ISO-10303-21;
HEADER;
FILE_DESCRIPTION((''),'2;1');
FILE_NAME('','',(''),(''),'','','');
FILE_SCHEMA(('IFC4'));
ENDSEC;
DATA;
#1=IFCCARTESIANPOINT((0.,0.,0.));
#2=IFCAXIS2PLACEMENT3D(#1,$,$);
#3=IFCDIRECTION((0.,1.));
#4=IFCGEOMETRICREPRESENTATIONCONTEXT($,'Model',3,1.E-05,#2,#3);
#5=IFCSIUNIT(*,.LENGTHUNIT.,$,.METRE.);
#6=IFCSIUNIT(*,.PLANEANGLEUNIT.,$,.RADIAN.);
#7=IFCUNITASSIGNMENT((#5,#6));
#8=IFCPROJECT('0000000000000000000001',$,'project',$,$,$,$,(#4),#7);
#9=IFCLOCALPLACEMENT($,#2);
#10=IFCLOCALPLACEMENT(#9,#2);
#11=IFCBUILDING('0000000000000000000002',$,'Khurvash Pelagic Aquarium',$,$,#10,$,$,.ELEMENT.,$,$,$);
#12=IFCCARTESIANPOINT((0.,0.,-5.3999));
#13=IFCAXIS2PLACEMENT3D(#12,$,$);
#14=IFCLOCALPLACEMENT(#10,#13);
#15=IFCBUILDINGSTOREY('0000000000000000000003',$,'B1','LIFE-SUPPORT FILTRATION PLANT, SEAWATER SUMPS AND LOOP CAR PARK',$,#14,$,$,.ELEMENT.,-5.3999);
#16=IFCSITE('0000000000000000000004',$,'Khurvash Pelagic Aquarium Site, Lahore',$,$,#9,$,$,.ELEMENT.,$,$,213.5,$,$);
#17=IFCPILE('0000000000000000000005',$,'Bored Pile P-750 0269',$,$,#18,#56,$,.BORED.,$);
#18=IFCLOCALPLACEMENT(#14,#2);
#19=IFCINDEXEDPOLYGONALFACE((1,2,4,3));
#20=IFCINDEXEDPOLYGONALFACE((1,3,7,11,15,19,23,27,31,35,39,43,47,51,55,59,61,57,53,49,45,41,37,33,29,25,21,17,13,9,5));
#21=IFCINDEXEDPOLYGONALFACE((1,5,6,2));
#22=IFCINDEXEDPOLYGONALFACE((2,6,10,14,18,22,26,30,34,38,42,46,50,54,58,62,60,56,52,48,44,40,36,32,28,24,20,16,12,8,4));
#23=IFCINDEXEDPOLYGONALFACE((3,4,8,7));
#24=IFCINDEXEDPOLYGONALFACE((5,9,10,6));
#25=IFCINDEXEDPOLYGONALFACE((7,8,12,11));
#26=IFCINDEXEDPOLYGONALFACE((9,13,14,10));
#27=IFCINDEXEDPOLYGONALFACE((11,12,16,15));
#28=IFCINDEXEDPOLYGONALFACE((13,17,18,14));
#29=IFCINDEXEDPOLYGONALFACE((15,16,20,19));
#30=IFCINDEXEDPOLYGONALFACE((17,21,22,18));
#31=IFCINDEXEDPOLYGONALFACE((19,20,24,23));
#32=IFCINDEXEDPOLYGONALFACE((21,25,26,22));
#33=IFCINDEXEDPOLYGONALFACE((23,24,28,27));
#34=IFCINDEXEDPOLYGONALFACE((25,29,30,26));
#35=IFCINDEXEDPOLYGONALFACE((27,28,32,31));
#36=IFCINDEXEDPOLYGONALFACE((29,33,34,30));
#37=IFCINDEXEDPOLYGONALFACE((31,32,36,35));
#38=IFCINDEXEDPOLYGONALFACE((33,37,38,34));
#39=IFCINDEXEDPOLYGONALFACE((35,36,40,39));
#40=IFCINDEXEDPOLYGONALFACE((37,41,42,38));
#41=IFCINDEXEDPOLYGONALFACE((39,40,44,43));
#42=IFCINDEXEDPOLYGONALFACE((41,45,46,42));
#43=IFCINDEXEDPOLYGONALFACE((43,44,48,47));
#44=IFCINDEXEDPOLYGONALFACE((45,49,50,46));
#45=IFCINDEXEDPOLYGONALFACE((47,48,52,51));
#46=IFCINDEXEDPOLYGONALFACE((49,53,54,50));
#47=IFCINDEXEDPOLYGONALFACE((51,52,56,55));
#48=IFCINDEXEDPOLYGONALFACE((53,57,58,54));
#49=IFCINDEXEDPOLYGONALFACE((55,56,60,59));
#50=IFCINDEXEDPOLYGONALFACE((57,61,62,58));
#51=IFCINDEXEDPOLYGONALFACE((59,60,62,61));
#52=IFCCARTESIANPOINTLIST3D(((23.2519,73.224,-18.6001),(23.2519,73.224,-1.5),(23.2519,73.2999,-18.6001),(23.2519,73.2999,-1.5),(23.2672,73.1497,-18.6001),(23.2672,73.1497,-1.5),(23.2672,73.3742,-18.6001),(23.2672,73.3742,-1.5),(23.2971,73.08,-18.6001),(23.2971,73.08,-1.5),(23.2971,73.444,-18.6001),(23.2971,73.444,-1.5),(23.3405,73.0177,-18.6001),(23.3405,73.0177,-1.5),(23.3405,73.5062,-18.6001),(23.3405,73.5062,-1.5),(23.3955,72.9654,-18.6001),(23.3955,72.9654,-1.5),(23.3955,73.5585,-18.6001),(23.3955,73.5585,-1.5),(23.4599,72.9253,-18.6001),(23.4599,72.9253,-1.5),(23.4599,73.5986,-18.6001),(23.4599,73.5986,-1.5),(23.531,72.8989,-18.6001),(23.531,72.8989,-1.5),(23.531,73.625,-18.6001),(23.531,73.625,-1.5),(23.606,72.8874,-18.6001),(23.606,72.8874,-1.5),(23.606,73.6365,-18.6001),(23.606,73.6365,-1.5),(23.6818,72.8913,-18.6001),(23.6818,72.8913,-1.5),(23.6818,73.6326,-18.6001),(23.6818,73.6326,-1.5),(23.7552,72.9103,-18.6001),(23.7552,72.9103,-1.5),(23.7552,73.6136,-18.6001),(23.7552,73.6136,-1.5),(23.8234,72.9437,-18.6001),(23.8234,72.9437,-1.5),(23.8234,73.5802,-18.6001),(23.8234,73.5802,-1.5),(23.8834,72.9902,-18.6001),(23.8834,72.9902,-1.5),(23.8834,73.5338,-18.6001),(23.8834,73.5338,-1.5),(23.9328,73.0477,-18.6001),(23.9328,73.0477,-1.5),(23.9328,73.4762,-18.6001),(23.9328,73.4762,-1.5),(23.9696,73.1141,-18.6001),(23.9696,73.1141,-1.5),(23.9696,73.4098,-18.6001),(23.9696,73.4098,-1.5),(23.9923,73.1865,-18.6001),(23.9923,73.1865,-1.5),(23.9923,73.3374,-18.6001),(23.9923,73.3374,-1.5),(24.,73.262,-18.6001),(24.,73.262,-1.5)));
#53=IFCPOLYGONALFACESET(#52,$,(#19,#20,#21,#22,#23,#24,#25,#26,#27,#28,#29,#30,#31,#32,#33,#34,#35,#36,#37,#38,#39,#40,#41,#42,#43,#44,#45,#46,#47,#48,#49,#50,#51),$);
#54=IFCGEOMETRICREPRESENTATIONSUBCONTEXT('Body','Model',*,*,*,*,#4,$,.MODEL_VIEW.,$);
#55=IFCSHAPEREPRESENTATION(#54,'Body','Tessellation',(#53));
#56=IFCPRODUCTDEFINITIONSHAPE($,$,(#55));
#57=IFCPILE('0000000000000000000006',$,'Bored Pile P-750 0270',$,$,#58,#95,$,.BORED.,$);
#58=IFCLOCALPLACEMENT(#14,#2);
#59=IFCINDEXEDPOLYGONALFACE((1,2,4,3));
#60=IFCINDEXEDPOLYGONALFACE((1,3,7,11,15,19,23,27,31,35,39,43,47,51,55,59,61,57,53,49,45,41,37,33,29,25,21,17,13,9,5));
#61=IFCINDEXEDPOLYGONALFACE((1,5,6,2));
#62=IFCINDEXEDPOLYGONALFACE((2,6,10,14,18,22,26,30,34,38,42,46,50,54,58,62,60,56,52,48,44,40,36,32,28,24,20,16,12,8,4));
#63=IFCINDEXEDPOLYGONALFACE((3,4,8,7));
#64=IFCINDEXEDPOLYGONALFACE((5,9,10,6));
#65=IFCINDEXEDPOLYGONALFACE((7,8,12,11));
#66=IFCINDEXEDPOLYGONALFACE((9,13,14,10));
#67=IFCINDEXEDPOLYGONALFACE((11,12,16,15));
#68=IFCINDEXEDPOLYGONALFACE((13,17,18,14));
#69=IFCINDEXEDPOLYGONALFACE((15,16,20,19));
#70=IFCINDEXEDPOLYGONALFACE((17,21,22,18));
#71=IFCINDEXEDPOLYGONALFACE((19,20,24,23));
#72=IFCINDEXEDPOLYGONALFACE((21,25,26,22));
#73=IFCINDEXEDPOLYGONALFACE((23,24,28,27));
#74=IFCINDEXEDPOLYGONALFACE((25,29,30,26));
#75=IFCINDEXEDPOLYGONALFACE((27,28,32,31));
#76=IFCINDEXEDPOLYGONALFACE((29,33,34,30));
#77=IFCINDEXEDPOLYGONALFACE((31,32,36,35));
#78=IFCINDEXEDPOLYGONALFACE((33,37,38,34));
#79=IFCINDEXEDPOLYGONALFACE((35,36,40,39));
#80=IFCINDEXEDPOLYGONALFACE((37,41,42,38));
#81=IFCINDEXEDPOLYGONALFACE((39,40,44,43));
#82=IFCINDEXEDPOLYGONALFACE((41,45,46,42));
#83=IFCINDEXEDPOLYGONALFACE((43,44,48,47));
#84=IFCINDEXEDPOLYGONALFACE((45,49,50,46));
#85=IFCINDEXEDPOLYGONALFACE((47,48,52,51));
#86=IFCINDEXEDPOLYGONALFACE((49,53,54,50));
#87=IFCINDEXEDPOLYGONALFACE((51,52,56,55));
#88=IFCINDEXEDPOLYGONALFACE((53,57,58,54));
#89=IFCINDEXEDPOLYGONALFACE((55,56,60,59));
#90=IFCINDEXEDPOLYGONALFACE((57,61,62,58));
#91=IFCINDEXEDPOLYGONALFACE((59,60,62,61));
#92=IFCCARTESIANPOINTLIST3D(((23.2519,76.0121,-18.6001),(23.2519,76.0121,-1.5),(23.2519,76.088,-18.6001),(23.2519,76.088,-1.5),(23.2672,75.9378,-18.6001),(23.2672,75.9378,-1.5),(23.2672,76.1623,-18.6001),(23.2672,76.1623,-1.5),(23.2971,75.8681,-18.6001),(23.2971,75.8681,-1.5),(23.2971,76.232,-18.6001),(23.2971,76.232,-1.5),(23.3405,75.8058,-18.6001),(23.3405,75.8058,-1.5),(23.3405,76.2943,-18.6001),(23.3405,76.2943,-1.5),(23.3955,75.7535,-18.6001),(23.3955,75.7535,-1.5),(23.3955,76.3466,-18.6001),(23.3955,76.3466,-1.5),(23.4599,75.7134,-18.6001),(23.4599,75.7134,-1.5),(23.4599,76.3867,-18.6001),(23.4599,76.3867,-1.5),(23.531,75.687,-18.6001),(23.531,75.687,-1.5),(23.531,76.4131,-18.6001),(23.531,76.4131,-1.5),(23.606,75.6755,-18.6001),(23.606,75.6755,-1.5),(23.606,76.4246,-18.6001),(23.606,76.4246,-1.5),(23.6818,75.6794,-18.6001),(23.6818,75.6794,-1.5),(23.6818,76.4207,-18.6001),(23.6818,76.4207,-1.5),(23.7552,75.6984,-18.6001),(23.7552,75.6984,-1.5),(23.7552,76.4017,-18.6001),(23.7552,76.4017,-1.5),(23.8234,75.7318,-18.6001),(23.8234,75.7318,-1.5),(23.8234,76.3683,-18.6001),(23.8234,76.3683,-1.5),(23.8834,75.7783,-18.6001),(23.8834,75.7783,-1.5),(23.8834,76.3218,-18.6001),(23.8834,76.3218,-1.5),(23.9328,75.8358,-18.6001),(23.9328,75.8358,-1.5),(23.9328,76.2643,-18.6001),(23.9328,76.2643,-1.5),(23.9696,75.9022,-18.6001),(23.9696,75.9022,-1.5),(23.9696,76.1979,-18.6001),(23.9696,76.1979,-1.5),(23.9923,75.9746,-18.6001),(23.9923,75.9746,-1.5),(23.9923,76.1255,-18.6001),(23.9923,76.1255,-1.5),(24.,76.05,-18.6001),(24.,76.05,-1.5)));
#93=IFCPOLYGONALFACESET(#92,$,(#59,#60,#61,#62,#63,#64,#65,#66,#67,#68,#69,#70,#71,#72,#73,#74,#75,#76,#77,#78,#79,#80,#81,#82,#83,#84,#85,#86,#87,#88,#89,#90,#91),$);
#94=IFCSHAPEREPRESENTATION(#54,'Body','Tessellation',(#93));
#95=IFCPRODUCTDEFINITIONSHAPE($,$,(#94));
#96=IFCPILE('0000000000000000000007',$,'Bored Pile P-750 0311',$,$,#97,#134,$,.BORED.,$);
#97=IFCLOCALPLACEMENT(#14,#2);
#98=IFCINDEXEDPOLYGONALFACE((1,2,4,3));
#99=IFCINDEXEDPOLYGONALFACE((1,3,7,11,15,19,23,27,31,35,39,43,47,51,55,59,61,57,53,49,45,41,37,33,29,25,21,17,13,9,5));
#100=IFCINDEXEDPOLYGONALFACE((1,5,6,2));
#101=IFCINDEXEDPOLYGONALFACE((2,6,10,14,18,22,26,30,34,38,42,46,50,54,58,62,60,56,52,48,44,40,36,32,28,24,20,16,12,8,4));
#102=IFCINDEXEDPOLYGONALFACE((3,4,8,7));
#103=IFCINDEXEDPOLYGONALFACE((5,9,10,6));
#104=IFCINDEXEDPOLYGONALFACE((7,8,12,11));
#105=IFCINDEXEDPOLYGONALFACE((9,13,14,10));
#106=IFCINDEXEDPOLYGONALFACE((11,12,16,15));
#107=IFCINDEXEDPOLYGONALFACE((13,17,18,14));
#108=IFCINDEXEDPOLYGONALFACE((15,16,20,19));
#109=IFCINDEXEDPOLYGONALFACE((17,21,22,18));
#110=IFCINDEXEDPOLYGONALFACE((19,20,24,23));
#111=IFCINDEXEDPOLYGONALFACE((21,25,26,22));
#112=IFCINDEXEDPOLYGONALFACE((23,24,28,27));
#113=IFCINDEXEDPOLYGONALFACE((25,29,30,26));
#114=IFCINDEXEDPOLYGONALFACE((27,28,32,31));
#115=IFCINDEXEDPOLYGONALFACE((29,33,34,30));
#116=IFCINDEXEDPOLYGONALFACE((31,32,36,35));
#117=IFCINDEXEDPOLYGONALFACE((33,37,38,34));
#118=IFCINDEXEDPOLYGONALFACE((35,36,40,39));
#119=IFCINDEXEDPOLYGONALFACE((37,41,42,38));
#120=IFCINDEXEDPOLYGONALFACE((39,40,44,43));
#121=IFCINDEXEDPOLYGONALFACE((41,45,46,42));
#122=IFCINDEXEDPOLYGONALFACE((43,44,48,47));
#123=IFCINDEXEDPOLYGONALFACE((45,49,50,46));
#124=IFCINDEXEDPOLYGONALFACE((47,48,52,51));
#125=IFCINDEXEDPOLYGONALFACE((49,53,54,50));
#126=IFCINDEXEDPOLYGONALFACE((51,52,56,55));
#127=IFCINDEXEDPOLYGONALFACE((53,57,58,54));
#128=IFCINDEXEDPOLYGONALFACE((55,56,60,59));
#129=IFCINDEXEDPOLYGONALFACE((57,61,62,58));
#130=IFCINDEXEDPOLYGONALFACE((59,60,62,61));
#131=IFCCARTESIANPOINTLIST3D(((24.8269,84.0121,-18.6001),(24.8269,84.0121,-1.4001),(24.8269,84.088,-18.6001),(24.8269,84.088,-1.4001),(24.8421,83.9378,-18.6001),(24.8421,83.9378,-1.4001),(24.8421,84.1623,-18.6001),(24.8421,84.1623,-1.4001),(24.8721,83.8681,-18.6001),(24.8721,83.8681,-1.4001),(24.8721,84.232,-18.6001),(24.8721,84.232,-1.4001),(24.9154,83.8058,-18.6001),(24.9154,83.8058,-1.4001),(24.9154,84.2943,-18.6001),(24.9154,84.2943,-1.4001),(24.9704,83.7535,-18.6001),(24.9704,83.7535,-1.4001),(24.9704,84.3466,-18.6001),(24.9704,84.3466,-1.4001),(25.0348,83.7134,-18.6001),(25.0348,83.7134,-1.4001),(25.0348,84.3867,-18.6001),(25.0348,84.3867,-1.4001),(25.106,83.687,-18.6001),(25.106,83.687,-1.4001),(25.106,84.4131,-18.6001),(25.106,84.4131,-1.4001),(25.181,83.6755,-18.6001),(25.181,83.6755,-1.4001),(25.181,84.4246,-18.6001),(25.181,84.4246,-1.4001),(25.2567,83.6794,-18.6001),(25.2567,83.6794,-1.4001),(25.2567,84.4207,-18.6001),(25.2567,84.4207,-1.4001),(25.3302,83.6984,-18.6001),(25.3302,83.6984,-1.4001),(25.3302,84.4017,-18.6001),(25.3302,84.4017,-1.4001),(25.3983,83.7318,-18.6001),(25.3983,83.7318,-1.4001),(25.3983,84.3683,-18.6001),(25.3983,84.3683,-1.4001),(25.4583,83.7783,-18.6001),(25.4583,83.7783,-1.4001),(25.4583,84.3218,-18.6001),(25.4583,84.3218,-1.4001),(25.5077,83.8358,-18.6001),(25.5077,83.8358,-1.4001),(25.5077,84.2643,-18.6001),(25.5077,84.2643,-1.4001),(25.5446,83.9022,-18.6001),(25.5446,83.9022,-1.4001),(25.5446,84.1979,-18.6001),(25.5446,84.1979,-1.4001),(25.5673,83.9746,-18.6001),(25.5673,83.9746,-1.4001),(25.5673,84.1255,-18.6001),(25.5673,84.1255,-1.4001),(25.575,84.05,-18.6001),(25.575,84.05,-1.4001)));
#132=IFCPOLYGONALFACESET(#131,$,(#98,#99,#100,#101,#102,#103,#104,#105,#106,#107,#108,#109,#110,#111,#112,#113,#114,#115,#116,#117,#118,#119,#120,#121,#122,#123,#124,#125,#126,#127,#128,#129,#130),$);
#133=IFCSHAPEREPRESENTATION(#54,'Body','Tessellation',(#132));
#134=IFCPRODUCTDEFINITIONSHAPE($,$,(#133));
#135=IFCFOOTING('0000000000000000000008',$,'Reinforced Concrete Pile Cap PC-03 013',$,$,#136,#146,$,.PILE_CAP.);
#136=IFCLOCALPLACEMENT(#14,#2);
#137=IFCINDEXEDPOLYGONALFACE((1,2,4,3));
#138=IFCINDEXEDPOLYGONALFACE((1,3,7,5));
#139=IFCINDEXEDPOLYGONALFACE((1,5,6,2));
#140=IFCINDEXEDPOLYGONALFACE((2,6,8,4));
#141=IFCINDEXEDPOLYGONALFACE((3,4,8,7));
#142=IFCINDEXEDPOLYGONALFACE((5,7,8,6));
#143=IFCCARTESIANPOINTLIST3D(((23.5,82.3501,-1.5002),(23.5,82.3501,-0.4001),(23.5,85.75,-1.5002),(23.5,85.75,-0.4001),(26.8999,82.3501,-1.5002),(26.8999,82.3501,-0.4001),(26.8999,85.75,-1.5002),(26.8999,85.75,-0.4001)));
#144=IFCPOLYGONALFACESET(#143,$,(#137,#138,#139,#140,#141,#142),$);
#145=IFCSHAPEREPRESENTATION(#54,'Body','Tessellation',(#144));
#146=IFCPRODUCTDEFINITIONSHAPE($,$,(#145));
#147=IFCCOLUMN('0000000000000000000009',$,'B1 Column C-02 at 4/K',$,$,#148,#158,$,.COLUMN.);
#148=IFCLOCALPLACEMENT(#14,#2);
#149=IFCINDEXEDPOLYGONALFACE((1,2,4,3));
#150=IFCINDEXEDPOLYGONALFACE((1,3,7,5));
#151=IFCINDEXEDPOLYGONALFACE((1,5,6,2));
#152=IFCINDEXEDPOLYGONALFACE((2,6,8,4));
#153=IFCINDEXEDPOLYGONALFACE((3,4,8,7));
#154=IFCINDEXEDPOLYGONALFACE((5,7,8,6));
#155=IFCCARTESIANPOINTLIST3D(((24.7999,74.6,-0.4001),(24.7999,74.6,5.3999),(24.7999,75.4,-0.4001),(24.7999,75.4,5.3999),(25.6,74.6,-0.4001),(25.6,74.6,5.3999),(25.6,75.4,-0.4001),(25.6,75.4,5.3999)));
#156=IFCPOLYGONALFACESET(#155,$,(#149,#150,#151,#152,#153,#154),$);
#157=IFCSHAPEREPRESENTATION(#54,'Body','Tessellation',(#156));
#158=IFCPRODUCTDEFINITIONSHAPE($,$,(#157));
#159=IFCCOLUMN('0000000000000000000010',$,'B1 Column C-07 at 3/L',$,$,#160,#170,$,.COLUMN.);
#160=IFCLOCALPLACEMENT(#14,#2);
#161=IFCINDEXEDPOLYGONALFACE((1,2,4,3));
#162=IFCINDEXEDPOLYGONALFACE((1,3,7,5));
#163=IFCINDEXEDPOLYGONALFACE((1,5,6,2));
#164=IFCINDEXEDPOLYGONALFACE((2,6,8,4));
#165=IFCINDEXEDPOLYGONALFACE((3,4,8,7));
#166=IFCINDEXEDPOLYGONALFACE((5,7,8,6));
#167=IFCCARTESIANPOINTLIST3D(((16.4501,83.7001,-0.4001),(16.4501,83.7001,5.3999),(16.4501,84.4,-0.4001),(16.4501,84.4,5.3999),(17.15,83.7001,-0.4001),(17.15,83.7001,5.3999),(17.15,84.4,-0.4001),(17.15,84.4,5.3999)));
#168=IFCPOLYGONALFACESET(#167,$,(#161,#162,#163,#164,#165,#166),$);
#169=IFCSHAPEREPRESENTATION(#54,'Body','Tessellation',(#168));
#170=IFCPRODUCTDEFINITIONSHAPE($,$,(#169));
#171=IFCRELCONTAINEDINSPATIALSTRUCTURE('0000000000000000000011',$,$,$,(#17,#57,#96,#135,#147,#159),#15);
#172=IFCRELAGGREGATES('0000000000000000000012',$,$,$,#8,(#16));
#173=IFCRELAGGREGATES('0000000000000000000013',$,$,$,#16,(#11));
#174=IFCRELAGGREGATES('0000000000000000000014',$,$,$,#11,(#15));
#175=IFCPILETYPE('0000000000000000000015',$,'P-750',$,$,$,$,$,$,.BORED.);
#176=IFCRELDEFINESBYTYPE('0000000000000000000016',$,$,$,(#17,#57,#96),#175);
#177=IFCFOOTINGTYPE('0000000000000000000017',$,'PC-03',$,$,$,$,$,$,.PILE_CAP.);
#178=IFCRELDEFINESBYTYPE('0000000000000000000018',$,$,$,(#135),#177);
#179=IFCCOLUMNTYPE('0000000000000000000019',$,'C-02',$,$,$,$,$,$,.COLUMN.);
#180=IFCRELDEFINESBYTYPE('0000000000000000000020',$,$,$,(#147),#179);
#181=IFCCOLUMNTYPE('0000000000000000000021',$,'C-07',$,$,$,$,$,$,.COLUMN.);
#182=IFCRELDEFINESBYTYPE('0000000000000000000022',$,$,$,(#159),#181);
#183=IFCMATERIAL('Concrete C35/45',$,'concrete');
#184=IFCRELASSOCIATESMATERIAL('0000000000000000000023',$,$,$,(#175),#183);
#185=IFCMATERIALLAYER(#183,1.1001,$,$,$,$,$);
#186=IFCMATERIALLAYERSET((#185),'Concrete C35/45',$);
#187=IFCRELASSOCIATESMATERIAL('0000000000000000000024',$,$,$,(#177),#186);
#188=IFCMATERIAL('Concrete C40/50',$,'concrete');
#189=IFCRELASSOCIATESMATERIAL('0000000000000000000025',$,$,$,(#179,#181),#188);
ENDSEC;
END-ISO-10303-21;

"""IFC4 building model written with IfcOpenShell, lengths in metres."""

from ifc_helpers import new_model, si_unit, direction, frame, origin, origin_2d, place, context, subcontext, project, spatial, rectangle, circle, extrude, material, layer, layer_set, material_profile, profile_set, type_object, element, save


model = new_model("IFC4")

# Units and contexts
model_context = context("Model", 3, precision=1e-05, world=origin(), true_north=direction((0.0, 1.0)))
body_context = subcontext(model_context, "Body", "Model", "MODEL_VIEW")
ifc_project = project(units=[si_unit("LENGTHUNIT", "METRE"), si_unit("PLANEANGLEUNIT", "RADIAN")], contexts=[model_context])

# Site, building, storey
site_placement = place(None, origin())
site = spatial("IfcSite", under=ifc_project, at=site_placement, Name="Khurvash Pelagic Aquarium Site, Lahore", CompositionType="ELEMENT", RefElevation=213.5)
building_placement = place(site_placement, origin())
building = spatial("IfcBuilding", under=site, at=building_placement, Name="Khurvash Pelagic Aquarium", CompositionType="ELEMENT")
storey_placement = place(building_placement, frame((0.0, 0.0, -5.3999)))
storey = spatial("IfcBuildingStorey", under=building, at=storey_placement, Name="B1", Description="LIFE-SUPPORT FILTRATION PLANT, SEAWATER SUMPS AND LOOP CAR PARK", CompositionType="ELEMENT", Elevation=-5.3999)

# Shared definitions
ifc_material_1 = material(Name="Concrete C35/45", Category="concrete")

# Piles
ifc_material_profile_1 = material_profile(ifc_material_1, circle(Radius=0.375, at=origin_2d()), Name="PILE750")
ifc_profile_set_1 = profile_set([ifc_material_profile_1], Name="Concrete C35/45")
pile_type = type_object("IfcPileType", Name="P-750", PredefinedType="BORED", material=ifc_profile_set_1)
for number, where, z_axis, x_axis, name in (
    (1, (23.625, 73.262, -1.5), (0.0, 0.0, -1.0), (1.0, 0.0, 0.0), "Bored Pile P-750 0269"),
    (2, (23.625, 76.05, -1.5), (0.0, 0.0, -1.0), (1.0, 0.0, 0.0), "Bored Pile P-750 0270"),
):
    element("IfcPile", number, at=place(storey_placement, frame(where, z_axis=z_axis, x_axis=x_axis)), inside=storey, type_object=pile_type, Name=name, PredefinedType="BORED", context=body_context, shape_type="SweptSolid", body=[
        extrude(circle(Radius=0.375, at=origin_2d()), origin(), (0.0, 0.0, 1.0), 17.1001),
    ])
pile_placement = place(storey_placement, frame((25.2, 84.05, -1.4001), z_axis=(0.0, 0.0, -1.0), x_axis=(1.0, 0.0, 0.0)))
element("IfcPile", 3, at=pile_placement, inside=storey, type_object=pile_type, Name="Bored Pile P-750 0311", PredefinedType="BORED", context=body_context, shape_type="SweptSolid", body=[
    extrude(circle(Radius=0.375, at=origin_2d()), origin(), (0.0, 0.0, 1.0), 17.2),
])

# Footing
ifc_layer_1 = layer(ifc_material_1, 1.1001)
ifc_layer_set_1 = layer_set([ifc_layer_1], Name="Concrete C35/45")
footing_type_1 = type_object("IfcFootingType", Name="PC-03", PredefinedType="PILE_CAP", material=ifc_layer_set_1)
footing_1_placement = place(storey_placement, frame((25.2, 84.05, -1.5002), z_axis=(0.0, 0.0, 1.0), x_axis=(1.0, 0.0, 0.0)))
element("IfcFooting", 4, at=footing_1_placement, inside=storey, type_object=footing_type_1, Name="Reinforced Concrete Pile Cap PC-03 013", PredefinedType="PILE_CAP", context=body_context, shape_type="SweptSolid", body=[
    extrude(rectangle(XDim=3.3999, YDim=3.3999, at=origin_2d()), origin(), (0.0, 0.0, 1.0), 1.1001),
])

# Columns
ifc_material_2 = material(Name="Concrete C40/50", Category="concrete")
ifc_material_profile_2 = material_profile(ifc_material_2, rectangle(XDim=0.8, YDim=0.8, at=origin_2d()), Name="RC800X800")
ifc_profile_set_2 = profile_set([ifc_material_profile_2], Name="Concrete C40/50")
column_type_1 = type_object("IfcColumnType", Name="C-02", PredefinedType="COLUMN", material=ifc_profile_set_2)
column_1_placement = place(storey_placement, frame((25.2, 75.0, -0.4001), z_axis=(0.0, 0.0, 1.0), x_axis=(1.0, 0.0, 0.0)))
element("IfcColumn", 5, at=column_1_placement, inside=storey, type_object=column_type_1, Name="B1 Column C-02 at 4/K", PredefinedType="COLUMN", context=body_context, shape_type="SweptSolid", body=[
    extrude(rectangle(XDim=0.8, YDim=0.8, at=origin_2d()), origin(), (0.0, 0.0, 1.0), 5.8),
])
ifc_material_profile_3 = material_profile(ifc_material_2, rectangle(XDim=0.7, YDim=0.7, at=origin_2d()), Name="RC700X700")
ifc_profile_set_3 = profile_set([ifc_material_profile_3], Name="Concrete C40/50")
column_type_2 = type_object("IfcColumnType", Name="C-07", PredefinedType="COLUMN", material=ifc_profile_set_3)
column_2_placement = place(storey_placement, frame((16.8, 84.05, -0.4001), z_axis=(0.0, 0.0, 1.0), x_axis=(1.0, 0.0, 0.0)))
element("IfcColumn", 6, at=column_2_placement, inside=storey, type_object=column_type_2, Name="B1 Column C-07 at 3/L", PredefinedType="COLUMN", context=body_context, shape_type="SweptSolid", body=[
    extrude(rectangle(XDim=0.7, YDim=0.7, at=origin_2d()), origin(), (0.0, 0.0, 1.0), 5.8),
])

save(model, "model.ifc")
